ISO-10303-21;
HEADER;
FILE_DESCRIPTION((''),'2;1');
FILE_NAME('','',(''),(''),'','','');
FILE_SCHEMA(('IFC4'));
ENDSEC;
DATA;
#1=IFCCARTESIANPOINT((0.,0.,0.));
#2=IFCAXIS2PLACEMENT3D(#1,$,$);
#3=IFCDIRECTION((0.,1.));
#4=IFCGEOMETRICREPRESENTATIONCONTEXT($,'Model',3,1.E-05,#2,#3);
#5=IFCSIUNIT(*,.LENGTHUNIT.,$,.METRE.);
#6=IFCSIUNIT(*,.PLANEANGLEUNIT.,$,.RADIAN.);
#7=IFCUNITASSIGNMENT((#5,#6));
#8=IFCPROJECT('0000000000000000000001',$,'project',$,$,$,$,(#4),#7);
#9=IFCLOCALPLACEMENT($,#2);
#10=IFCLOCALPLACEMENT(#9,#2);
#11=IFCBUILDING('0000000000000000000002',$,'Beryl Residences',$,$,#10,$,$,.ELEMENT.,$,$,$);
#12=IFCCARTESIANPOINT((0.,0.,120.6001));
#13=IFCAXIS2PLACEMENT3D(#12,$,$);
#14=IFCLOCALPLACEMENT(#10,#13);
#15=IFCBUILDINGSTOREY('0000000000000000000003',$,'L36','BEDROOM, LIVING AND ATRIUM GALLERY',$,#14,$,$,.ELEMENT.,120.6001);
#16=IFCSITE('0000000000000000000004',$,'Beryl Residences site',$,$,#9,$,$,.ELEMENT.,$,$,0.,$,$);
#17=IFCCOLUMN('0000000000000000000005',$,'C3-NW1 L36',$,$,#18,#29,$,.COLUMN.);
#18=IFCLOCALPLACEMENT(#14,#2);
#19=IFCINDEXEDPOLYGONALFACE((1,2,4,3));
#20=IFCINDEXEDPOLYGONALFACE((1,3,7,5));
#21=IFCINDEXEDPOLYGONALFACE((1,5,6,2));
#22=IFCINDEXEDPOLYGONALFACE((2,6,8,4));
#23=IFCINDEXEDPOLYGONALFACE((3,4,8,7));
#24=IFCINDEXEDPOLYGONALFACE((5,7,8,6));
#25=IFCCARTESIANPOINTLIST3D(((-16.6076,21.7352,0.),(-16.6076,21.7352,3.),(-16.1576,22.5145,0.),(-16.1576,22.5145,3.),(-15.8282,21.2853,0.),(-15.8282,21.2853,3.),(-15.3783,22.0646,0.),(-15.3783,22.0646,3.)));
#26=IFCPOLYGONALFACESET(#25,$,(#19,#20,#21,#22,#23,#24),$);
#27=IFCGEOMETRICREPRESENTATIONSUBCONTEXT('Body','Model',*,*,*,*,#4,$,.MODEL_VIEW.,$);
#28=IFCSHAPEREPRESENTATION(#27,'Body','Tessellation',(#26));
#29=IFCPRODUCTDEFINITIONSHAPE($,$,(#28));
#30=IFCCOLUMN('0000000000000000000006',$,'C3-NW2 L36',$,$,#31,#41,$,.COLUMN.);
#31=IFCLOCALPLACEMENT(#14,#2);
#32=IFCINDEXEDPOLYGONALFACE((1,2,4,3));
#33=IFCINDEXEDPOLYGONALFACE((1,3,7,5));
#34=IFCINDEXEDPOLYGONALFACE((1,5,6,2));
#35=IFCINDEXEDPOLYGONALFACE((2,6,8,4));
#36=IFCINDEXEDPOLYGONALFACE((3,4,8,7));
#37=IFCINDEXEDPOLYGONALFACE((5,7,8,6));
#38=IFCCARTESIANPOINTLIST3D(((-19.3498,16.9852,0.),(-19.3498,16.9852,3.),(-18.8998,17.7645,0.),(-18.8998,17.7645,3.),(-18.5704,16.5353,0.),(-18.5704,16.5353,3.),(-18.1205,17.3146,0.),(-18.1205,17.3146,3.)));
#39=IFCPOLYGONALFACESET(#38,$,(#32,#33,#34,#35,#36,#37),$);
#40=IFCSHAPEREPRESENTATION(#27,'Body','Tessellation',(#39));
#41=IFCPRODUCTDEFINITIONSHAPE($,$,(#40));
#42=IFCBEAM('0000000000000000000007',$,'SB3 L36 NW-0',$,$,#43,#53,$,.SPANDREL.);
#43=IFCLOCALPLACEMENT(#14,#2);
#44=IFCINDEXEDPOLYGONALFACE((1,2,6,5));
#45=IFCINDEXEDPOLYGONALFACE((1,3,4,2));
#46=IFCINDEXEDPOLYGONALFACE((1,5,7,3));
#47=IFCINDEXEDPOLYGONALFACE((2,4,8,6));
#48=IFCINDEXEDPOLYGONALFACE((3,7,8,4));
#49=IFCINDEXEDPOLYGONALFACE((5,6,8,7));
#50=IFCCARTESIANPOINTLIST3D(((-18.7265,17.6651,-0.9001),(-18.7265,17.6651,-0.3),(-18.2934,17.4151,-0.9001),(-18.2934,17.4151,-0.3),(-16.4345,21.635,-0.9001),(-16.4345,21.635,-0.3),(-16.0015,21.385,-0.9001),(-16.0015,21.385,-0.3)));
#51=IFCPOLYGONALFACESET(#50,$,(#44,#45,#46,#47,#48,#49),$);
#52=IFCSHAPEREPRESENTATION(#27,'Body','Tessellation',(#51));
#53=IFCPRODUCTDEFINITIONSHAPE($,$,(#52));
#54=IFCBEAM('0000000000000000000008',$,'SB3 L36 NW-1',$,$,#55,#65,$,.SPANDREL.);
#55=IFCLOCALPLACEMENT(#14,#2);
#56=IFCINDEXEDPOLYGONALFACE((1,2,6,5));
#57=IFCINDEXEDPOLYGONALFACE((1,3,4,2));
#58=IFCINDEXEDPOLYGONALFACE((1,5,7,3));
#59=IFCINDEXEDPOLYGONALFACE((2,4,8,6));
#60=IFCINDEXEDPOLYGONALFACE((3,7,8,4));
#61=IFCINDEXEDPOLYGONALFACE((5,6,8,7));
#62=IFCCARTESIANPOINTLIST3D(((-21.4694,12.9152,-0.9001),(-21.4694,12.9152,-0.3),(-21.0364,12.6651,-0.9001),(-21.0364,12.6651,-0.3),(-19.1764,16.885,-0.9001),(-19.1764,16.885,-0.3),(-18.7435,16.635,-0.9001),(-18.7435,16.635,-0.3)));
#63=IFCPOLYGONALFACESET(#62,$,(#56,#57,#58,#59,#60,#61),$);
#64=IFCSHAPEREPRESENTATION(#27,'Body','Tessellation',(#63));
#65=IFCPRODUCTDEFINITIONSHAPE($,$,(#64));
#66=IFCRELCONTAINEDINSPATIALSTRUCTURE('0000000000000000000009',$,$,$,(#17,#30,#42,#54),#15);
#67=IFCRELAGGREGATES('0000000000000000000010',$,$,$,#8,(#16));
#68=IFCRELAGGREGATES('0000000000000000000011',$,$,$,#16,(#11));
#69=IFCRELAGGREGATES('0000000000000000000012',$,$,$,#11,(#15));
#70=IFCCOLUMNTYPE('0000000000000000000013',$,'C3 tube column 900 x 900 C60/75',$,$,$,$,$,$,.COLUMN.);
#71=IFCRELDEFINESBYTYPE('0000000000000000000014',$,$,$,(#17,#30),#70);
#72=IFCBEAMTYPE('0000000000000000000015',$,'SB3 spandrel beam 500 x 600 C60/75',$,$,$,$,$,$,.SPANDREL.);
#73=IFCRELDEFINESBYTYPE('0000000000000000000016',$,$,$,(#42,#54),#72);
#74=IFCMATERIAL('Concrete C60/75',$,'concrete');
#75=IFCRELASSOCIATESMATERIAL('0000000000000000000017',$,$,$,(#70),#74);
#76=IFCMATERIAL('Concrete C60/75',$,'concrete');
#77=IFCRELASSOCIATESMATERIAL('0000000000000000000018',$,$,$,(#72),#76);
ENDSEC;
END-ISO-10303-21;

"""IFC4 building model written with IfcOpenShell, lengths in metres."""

from ifc_helpers import new_model, si_unit, direction, frame, origin, origin_2d, place, context, subcontext, project, spatial, rectangle, extrude, material, material_profile, profile_set, type_object, element, save


model = new_model("IFC4")

# Units and contexts
model_context = context("Model", 3, precision=1e-05, world=origin(), true_north=direction((0.0, 1.0)))
body_context = subcontext(model_context, "Body", "Model", "MODEL_VIEW")
ifc_project = project(units=[si_unit("LENGTHUNIT", "METRE"), si_unit("PLANEANGLEUNIT", "RADIAN")], contexts=[model_context])

# Site, building, storey
site_placement = place(None, origin())
site = spatial("IfcSite", under=ifc_project, at=site_placement, Name="Beryl Residences site", CompositionType="ELEMENT", RefElevation=0.0)
building_placement = place(site_placement, origin())
building = spatial("IfcBuilding", under=site, at=building_placement, Name="Beryl Residences", CompositionType="ELEMENT")
storey_placement = place(building_placement, frame((0.0, 0.0, 120.6001)))
storey = spatial("IfcBuildingStorey", under=building, at=storey_placement, Name="L36", Description="BEDROOM, LIVING AND ATRIUM GALLERY", CompositionType="ELEMENT", Elevation=120.6001)

# Columns
ifc_material_1 = material(Name="Concrete C60/75", Category="concrete")
ifc_material_profile_1 = material_profile(ifc_material_1, rectangle(XDim=0.8999, YDim=0.8999, at=origin_2d()))
ifc_profile_set_1 = profile_set([ifc_material_profile_1], Name="Concrete C60/75")
column_type = type_object("IfcColumnType", Name="C3 tube column 900 x 900 C60/75", PredefinedType="COLUMN", material=ifc_profile_set_1)
for number, where, z_axis, x_axis, name in (
    (1, (-15.9929, 21.8999, 0.0), (0.0, 0.0, 1.0), (-0.5, -0.866025, 0.0), "C3-NW1 L36"),
    (2, (-18.7351, 17.1499, 0.0), (0.0, 0.0, 1.0), (-0.5, -0.866025, 0.0), "C3-NW2 L36"),
):
    element("IfcColumn", number, at=place(storey_placement, frame(where, z_axis=z_axis, x_axis=x_axis)), inside=storey, type_object=column_type, Name=name, PredefinedType="COLUMN", context=body_context, shape_type="SweptSolid", body=[
        extrude(rectangle(XDim=0.8999, YDim=0.8999, at=origin_2d()), origin(), (0.0, 0.0, 1.0), 3.0),
    ])

# Beams
ifc_material_2 = material(Name="Concrete C60/75", Category="concrete")
ifc_material_profile_2 = material_profile(ifc_material_2, rectangle(XDim=0.5, YDim=0.6001, at=origin_2d()))
ifc_profile_set_2 = profile_set([ifc_material_profile_2], Name="Concrete C60/75")
beam_type = type_object("IfcBeamType", Name="SB3 spandrel beam 500 x 600 C60/75", PredefinedType="SPANDREL", material=ifc_profile_set_2)
beam_1_placement = place(storey_placement, frame((-16.218, 21.51, -0.6001), z_axis=(-0.499988, -0.866032, 0.0), x_axis=(0.866032, -0.499988, 0.0)))
element("IfcBeam", 3, at=beam_1_placement, inside=storey, type_object=beam_type, Name="SB3 L36 NW-0", PredefinedType="SPANDREL", context=body_context, shape_type="SweptSolid", body=[
    extrude(rectangle(XDim=0.5, YDim=0.6001, at=origin_2d()), origin(), (0.0, 0.0, 1.0), 4.584),
])
beam_2_placement = place(storey_placement, frame((-18.96, 16.76, -0.6001), z_axis=(-0.500148, -0.86594, 0.0), x_axis=(0.86594, -0.500148, 0.0)))
element("IfcBeam", 4, at=beam_2_placement, inside=storey, type_object=beam_type, Name="SB3 L36 NW-1", PredefinedType="SPANDREL", context=body_context, shape_type="SweptSolid", body=[
    extrude(rectangle(XDim=0.5, YDim=0.6001, at=origin_2d()), origin(), (0.0, 0.0, 1.0), 4.5845),
])

save(model, "model.ifc")
